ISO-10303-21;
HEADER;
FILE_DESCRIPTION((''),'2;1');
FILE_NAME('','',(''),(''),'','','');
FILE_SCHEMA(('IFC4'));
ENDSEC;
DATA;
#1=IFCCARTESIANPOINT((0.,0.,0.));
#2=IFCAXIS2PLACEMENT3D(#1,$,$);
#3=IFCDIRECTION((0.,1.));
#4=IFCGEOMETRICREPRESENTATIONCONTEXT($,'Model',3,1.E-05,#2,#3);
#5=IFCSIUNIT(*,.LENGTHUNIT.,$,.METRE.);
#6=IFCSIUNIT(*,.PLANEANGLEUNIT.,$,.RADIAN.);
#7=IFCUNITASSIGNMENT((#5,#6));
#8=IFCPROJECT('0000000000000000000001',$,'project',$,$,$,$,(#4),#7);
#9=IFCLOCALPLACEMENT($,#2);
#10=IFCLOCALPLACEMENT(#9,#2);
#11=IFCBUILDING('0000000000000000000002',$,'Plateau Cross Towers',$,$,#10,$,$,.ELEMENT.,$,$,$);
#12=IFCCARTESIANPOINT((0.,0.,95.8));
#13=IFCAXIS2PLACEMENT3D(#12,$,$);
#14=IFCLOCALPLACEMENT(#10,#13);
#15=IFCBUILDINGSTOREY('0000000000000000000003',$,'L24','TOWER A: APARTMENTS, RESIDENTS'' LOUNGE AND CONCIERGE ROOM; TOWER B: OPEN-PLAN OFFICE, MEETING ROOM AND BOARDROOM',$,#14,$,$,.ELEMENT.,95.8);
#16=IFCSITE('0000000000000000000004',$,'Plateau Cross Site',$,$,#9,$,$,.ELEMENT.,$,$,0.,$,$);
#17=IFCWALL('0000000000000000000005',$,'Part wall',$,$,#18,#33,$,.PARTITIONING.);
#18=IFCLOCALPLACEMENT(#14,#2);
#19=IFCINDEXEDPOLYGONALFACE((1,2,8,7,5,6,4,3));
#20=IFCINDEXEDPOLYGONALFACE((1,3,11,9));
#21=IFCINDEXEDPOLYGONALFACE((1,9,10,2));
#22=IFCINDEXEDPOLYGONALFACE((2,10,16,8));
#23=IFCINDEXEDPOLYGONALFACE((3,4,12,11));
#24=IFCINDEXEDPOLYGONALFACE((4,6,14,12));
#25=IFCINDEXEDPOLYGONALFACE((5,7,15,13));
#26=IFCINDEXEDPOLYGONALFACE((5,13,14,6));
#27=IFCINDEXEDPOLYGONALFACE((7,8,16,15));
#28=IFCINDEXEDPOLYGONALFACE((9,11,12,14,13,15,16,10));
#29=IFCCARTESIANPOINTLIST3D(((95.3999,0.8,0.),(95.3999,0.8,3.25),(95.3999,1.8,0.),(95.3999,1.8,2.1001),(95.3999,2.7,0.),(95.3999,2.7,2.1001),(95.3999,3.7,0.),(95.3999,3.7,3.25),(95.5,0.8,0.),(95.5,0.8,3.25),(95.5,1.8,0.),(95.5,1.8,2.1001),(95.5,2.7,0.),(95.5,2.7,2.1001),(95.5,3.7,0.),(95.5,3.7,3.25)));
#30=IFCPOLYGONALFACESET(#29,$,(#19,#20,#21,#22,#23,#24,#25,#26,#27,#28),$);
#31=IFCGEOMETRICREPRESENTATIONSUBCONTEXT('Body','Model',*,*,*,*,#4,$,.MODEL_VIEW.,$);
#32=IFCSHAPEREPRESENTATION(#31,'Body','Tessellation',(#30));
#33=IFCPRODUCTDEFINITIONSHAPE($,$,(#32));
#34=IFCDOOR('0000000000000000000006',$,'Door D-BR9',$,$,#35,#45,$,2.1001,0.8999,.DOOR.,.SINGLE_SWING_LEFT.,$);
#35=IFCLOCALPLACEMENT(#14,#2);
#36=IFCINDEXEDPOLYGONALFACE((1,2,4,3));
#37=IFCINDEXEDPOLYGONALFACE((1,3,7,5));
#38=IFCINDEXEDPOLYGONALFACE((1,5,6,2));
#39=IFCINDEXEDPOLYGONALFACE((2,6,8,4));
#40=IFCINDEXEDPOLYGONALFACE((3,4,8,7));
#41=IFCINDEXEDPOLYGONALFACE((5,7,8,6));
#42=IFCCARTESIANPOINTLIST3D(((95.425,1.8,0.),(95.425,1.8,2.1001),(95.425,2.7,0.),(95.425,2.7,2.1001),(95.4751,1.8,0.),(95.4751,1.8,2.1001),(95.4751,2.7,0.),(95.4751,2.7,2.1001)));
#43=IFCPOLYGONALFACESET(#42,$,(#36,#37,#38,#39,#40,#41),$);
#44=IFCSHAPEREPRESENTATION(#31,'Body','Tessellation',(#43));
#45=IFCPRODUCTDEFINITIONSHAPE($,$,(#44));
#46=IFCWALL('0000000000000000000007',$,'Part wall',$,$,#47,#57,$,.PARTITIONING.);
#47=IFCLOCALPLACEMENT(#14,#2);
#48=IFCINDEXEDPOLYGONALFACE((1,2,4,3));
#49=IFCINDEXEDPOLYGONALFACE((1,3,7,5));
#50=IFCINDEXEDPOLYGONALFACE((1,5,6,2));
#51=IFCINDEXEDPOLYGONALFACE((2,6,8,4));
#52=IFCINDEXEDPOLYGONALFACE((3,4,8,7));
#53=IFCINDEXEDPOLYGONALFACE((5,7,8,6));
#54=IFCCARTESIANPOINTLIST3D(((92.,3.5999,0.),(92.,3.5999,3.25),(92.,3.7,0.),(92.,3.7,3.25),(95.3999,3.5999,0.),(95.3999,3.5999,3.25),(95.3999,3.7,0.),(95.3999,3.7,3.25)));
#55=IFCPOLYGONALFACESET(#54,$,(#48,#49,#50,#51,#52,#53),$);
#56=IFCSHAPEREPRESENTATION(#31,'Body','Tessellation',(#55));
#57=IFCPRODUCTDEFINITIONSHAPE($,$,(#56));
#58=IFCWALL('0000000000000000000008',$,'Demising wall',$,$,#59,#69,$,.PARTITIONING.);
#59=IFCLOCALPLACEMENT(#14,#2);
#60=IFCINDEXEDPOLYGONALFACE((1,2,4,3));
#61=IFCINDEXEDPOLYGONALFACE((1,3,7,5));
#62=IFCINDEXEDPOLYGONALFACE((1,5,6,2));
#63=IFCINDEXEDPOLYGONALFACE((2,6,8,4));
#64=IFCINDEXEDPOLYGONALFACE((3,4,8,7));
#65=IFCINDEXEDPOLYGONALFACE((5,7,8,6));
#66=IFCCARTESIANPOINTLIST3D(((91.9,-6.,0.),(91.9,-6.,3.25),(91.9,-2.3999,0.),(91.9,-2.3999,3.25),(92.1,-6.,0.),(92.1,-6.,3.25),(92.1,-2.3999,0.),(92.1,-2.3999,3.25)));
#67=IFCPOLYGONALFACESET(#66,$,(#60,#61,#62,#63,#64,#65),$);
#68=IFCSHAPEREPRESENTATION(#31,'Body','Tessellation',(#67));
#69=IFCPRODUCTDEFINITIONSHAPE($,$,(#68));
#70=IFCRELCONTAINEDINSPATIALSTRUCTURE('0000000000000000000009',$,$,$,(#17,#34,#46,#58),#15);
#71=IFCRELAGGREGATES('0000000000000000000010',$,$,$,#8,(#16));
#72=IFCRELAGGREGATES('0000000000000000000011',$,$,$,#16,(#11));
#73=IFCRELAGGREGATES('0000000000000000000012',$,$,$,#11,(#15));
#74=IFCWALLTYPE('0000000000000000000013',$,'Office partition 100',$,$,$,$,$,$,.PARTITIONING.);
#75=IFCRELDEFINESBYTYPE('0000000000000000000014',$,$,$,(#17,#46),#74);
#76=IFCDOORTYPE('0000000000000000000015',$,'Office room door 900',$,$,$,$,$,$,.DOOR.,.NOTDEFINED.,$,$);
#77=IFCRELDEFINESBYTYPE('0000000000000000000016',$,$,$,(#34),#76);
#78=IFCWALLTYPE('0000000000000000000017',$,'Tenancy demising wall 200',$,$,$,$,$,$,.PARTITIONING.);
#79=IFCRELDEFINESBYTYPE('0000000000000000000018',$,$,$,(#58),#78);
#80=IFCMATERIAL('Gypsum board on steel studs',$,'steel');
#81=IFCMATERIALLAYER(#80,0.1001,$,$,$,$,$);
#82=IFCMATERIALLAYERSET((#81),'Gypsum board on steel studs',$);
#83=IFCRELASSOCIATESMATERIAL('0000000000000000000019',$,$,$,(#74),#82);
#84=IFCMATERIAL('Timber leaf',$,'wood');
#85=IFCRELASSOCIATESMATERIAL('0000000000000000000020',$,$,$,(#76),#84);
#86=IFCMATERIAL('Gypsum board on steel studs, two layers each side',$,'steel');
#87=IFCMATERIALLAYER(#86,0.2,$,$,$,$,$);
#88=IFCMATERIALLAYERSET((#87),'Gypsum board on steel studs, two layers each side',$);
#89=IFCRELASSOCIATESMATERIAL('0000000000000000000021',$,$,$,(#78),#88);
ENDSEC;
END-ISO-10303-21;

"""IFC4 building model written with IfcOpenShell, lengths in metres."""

from ifc_helpers import new_model, si_unit, direction, frame, frame_2d, origin, place, context, subcontext, project, spatial, rectangle, extrude, material, layer, layer_set, type_object, element, fill, save


model = new_model("IFC4")

# Units and contexts
model_context = context("Model", 3, precision=1e-05, world=origin(), true_north=direction((0.0, 1.0)))
body_context = subcontext(model_context, "Body", "Model", "MODEL_VIEW")
ifc_project = project(units=[si_unit("LENGTHUNIT", "METRE"), si_unit("PLANEANGLEUNIT", "RADIAN")], contexts=[model_context])

# Site, building, storey
site_placement = place(None, origin())
site = spatial("IfcSite", under=ifc_project, at=site_placement, Name="Plateau Cross Site", CompositionType="ELEMENT", RefElevation=0.0)
building_placement = place(site_placement, origin())
building = spatial("IfcBuilding", under=site, at=building_placement, Name="Plateau Cross Towers", CompositionType="ELEMENT")
storey_placement = place(building_placement, frame((0.0, 0.0, 95.8)))
storey = spatial("IfcBuildingStorey", under=building, at=storey_placement, Name="L24", Description="TOWER A: APARTMENTS, RESIDENTS' LOUNGE AND CONCIERGE ROOM; TOWER B: OPEN-PLAN OFFICE, MEETING ROOM AND BOARDROOM", CompositionType="ELEMENT", Elevation=95.8)

# Shared definitions
ifc_material_1 = material(Name="Gypsum board on steel studs, two layers each side", Category="steel")

# Wall, opening, door
ifc_material_2 = material(Name="Gypsum board on steel studs", Category="steel")
ifc_layer_1 = layer(ifc_material_2, 0.1001)
ifc_layer_set_1 = layer_set([ifc_layer_1], Name="Gypsum board on steel studs")
wall_type_1 = type_object("IfcWallType", Name="Office partition 100", PredefinedType="PARTITIONING", material=ifc_layer_set_1)
wall_1_placement = place(storey_placement, frame((95.45, 0.8, 0.0), z_axis=(0.0, 0.0, 1.0), x_axis=(0.0, 1.0, 0.0)))
wall_1 = element("IfcWall", 1, at=wall_1_placement, inside=storey, type_object=wall_type_1, Name="Part wall", PredefinedType="PARTITIONING", context=body_context, shape_type="SweptSolid", body=[
    extrude(rectangle(XDim=2.8999, YDim=0.1001, at=frame_2d((1.45, 0.0))), origin(), (0.0, 0.0, 1.0), 3.25),
])
opening_1_placement = place(wall_1_placement, frame((1.0, 0.0, 0.0)))
opening_1 = element("IfcOpeningElement", 2, at=opening_1_placement, cuts=wall_1, PredefinedType="OPENING", context=body_context, shape_type="SweptSolid", body=[
    extrude(rectangle(XDim=0.8999, YDim=2.1001, at=frame_2d((0.45, 1.05))), frame((0.0, 0.0601, 0.0), z_axis=(0.0, -1.0, 0.0), x_axis=(1.0, 0.0, 0.0)), (0.0, 0.0, 1.0), 0.1201),
])
ifc_material_3 = material(Name="Timber leaf", Category="wood")
door_type_1 = type_object("IfcDoorType", Name="Office room door 900", OperationType="NOTDEFINED", PredefinedType="DOOR", material=ifc_material_3)
door_1_placement = place(opening_1_placement, origin())
door_1 = element("IfcDoor", 3, at=door_1_placement, inside=storey, type_object=door_type_1, Name="Door D-BR9", OperationType="SINGLE_SWING_LEFT", OverallHeight=2.1001, OverallWidth=0.8999, PredefinedType="DOOR", context=body_context, shape_type="SweptSolid", body=[
    extrude(rectangle(XDim=0.8999, YDim=2.1001, at=frame_2d((0.45, 1.05))), frame((0.0, 0.0249, 0.0), z_axis=(0.0, -1.0, 0.0), x_axis=(1.0, 0.0, 0.0)), (0.0, 0.0, 1.0), 0.05),
])
fill(opening_1, door_1)

# Walls
wall_2_placement = place(storey_placement, frame((92.0, 3.6499, 0.0), z_axis=(0.0, 0.0, 1.0), x_axis=(1.0, 0.0, 0.0)))
element("IfcWall", 4, at=wall_2_placement, inside=storey, type_object=wall_type_1, Name="Part wall", PredefinedType="PARTITIONING", context=body_context, shape_type="SweptSolid", body=[
    extrude(rectangle(XDim=3.3999, YDim=0.1001, at=frame_2d((1.7, 0.0))), origin(), (0.0, 0.0, 1.0), 3.25),
])
ifc_layer_2 = layer(ifc_material_1, 0.2)
ifc_layer_set_2 = layer_set([ifc_layer_2], Name="Gypsum board on steel studs, two layers each side")
wall_type_2 = type_object("IfcWallType", Name="Tenancy demising wall 200", PredefinedType="PARTITIONING", material=ifc_layer_set_2)
wall_3_placement = place(storey_placement, frame((92.0, -6.0, 0.0), z_axis=(0.0, 0.0, 1.0), x_axis=(0.0, 1.0, 0.0)))
element("IfcWall", 5, at=wall_3_placement, inside=storey, type_object=wall_type_2, Name="Demising wall", PredefinedType="PARTITIONING", context=body_context, shape_type="SweptSolid", body=[
    extrude(rectangle(XDim=3.6001, YDim=0.2, at=frame_2d((1.8, 0.0))), origin(), (0.0, 0.0, 1.0), 3.25),
])

save(model, "model.ifc")
